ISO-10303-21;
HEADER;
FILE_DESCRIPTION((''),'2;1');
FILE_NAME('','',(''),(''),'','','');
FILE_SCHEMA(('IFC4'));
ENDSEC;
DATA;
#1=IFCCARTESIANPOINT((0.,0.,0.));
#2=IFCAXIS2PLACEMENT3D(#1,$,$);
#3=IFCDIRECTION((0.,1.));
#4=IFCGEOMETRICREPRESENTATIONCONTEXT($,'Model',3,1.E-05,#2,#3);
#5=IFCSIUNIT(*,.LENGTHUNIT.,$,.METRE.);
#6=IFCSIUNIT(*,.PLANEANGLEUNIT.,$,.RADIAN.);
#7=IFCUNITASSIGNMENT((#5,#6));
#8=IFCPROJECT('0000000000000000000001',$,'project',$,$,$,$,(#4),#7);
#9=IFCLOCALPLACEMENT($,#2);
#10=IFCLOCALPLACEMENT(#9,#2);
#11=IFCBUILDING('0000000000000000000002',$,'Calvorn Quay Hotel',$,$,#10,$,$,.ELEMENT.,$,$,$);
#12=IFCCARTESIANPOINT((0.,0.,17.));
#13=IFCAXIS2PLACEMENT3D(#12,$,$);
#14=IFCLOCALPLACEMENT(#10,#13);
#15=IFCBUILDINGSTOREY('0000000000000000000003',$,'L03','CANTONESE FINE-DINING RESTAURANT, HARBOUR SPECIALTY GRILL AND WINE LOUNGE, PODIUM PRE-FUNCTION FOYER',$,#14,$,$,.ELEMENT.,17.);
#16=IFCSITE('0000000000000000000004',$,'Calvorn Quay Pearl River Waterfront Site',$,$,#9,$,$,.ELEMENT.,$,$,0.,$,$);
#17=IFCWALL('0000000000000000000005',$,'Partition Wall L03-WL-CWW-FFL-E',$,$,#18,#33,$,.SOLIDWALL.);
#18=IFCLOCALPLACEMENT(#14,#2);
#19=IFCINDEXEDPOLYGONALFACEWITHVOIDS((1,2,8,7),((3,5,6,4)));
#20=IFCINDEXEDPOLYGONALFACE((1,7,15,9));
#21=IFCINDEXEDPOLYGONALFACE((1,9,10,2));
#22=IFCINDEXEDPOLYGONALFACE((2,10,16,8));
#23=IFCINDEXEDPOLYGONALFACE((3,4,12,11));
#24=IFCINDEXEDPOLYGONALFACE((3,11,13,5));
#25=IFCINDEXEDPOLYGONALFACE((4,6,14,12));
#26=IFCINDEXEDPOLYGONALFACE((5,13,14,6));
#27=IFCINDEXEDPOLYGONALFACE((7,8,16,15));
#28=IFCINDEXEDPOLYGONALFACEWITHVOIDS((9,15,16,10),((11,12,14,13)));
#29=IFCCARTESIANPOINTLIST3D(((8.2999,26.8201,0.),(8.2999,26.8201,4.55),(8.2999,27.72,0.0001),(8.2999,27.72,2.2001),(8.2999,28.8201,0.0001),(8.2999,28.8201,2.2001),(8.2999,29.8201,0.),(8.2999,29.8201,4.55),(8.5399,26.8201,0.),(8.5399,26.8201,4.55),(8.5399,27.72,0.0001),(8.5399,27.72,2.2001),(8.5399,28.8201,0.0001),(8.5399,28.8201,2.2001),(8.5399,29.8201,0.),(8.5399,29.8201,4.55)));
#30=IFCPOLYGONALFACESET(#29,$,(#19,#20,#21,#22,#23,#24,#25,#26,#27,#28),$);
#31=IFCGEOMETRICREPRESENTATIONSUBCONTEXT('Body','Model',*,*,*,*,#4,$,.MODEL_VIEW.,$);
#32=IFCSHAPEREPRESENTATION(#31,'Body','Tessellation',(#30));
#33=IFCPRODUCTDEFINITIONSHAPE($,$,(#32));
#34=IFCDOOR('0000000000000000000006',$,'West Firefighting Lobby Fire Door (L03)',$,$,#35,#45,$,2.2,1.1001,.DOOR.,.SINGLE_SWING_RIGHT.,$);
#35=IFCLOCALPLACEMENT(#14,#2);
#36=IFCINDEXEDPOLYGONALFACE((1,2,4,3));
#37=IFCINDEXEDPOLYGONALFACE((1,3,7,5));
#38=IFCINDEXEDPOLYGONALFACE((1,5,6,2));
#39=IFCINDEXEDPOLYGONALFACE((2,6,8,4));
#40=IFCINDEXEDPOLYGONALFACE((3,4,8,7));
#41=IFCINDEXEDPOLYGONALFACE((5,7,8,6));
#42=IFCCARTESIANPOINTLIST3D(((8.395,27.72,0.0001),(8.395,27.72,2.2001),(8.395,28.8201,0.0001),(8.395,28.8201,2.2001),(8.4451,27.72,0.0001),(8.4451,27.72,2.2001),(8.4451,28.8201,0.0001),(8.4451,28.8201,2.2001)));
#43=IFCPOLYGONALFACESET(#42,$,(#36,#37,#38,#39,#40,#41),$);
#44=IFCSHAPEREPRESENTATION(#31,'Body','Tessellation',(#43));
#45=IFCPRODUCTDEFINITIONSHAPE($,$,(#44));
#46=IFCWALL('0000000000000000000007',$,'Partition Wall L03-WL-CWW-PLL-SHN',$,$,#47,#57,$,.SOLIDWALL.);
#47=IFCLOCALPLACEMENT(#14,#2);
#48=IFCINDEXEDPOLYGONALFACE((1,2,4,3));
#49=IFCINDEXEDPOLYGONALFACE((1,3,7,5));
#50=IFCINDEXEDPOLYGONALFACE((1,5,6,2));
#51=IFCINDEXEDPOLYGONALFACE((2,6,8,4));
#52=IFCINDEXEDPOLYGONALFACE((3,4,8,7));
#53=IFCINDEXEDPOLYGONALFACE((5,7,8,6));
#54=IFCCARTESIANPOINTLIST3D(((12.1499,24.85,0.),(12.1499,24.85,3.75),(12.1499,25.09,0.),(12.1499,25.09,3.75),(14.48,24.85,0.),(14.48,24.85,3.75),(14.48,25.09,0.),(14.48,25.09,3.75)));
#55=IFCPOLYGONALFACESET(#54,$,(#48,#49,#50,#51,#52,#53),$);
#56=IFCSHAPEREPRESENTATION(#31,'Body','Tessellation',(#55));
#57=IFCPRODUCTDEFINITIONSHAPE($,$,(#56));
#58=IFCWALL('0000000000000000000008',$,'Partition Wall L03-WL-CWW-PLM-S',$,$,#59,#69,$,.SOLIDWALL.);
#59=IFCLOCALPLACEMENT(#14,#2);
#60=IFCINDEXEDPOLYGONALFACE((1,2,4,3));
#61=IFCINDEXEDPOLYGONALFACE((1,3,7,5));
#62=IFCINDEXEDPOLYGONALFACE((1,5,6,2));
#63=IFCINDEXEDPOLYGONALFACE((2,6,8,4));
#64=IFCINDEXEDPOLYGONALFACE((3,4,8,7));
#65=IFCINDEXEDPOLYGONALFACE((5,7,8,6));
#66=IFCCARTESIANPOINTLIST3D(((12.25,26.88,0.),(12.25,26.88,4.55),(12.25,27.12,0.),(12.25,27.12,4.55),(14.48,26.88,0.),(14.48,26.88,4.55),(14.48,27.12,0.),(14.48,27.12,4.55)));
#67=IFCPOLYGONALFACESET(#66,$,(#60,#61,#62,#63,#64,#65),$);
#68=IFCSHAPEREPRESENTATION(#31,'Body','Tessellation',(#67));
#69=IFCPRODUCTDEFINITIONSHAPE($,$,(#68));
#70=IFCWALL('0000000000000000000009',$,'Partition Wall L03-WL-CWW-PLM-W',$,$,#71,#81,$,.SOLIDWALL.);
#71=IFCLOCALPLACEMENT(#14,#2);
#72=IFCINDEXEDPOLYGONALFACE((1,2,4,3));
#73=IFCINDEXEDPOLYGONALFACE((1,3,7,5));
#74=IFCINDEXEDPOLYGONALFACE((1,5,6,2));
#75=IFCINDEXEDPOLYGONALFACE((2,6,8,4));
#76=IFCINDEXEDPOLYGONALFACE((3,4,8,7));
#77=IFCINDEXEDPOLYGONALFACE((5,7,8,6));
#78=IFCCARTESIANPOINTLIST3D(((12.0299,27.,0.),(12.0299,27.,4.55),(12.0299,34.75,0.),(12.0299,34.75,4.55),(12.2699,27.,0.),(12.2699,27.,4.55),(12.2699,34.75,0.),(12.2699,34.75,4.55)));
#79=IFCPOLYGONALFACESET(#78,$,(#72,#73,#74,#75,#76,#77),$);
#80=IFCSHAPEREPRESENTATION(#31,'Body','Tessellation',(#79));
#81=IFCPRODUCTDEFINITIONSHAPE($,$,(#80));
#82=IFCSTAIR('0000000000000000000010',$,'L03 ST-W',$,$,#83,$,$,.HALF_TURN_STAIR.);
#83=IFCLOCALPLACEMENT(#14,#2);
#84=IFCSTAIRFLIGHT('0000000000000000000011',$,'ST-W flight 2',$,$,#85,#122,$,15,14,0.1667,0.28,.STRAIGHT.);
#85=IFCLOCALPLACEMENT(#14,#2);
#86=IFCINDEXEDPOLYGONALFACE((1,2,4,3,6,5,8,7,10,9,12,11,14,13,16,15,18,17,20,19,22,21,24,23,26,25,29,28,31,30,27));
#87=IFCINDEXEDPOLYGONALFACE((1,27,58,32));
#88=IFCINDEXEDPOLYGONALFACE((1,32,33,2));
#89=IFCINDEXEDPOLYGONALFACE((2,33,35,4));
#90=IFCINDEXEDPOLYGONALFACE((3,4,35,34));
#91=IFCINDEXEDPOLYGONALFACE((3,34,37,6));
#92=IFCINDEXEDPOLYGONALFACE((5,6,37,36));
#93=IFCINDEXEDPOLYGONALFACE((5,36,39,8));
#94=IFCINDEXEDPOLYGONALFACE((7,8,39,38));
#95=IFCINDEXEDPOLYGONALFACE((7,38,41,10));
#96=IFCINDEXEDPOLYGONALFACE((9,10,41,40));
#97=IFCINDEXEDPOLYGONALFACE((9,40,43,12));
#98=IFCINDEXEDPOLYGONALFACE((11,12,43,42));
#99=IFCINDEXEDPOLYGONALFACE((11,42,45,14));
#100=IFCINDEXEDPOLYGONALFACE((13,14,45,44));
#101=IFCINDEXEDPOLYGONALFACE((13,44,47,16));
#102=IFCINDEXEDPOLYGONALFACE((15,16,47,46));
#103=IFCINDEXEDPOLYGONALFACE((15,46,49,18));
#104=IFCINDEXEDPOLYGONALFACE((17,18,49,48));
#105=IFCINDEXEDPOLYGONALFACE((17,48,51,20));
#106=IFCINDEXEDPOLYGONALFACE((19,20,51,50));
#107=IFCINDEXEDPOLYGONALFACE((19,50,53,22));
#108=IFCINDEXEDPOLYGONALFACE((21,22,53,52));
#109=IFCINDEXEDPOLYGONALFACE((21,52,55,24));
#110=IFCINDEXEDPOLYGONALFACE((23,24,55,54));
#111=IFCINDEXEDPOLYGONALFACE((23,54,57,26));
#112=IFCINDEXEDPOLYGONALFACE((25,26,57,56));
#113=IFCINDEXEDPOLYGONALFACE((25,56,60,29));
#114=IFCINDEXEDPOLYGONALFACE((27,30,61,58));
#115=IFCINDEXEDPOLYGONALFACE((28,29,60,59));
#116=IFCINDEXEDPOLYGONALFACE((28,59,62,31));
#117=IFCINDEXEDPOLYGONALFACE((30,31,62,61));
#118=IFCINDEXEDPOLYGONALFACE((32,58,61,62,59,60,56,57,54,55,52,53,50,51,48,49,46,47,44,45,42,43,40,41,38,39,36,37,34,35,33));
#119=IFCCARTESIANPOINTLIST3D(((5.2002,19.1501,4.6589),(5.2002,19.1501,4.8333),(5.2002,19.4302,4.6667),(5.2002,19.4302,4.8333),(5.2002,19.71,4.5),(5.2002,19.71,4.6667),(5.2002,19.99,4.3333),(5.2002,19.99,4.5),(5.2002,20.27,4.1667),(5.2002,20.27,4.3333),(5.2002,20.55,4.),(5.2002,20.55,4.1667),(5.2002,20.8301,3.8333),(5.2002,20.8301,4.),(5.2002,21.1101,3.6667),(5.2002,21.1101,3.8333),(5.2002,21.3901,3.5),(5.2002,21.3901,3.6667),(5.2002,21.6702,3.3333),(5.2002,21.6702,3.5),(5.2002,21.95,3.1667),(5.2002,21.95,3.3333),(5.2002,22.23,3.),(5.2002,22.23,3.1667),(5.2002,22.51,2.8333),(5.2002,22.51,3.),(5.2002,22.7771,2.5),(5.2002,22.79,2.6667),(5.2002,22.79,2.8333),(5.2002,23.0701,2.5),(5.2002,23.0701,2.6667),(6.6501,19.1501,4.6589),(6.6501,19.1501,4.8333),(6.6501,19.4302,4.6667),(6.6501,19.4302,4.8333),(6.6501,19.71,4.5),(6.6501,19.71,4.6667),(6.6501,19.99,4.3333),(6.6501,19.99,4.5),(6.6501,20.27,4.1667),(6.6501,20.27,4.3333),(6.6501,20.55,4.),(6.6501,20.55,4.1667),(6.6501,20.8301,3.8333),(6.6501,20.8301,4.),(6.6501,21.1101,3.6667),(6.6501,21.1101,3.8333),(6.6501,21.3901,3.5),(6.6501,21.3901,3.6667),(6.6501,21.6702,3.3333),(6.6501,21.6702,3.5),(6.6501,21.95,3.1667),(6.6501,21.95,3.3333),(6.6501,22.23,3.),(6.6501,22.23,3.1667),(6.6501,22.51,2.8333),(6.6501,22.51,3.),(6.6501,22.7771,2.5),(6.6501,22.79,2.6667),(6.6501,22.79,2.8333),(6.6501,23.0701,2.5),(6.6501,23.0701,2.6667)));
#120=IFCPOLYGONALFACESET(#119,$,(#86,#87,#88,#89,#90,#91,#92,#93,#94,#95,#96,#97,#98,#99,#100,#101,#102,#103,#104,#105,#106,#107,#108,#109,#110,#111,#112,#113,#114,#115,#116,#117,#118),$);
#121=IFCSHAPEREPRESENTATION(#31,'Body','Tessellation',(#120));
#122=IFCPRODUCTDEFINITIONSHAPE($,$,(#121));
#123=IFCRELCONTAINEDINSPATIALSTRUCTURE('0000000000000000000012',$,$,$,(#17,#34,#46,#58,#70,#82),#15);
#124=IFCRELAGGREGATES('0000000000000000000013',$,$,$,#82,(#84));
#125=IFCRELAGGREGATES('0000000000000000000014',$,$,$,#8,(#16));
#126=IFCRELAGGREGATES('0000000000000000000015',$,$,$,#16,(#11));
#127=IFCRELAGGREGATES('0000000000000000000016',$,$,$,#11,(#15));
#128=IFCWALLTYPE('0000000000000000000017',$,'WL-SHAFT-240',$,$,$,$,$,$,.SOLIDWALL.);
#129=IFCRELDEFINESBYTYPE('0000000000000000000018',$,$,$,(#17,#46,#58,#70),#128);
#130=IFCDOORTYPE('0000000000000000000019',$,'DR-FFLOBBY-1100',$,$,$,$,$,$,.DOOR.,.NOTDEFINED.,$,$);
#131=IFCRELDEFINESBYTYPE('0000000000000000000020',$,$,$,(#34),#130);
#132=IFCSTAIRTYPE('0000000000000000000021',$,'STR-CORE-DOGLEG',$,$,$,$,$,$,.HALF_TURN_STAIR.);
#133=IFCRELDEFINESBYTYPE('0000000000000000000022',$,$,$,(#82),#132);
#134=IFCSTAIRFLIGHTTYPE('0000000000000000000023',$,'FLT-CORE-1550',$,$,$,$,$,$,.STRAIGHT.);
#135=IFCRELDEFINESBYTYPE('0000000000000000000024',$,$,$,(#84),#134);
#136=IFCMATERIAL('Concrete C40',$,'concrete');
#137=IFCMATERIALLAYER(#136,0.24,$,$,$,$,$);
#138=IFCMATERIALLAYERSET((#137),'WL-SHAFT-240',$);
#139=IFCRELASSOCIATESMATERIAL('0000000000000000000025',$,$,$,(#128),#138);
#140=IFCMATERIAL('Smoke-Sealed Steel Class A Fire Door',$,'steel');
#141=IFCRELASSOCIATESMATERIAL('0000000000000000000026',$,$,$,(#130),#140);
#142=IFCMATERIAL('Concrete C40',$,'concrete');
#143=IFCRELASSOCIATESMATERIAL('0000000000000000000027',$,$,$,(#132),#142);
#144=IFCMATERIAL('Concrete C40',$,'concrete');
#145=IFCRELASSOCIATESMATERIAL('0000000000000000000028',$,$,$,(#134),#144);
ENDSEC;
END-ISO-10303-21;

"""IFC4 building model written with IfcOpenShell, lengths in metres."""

from ifc_helpers import new_model, si_unit, direction, frame, frame_2d, origin, place, context, subcontext, project, spatial, polyline, rectangle, outline, extrude, material, layer, layer_set, type_object, element, fill, aggregate, save


model = new_model("IFC4")

# Units and contexts
model_context = context("Model", 3, precision=1e-05, world=origin(), true_north=direction((0.0, 1.0)))
body_context = subcontext(model_context, "Body", "Model", "MODEL_VIEW")
ifc_project = project(units=[si_unit("LENGTHUNIT", "METRE"), si_unit("PLANEANGLEUNIT", "RADIAN")], contexts=[model_context])

# Site, building, storey
site_placement = place(None, origin())
site = spatial("IfcSite", under=ifc_project, at=site_placement, Name="Calvorn Quay Pearl River Waterfront Site", CompositionType="ELEMENT", RefElevation=0.0)
building_placement = place(site_placement, origin())
building = spatial("IfcBuilding", under=site, at=building_placement, Name="Calvorn Quay Hotel", CompositionType="ELEMENT")
storey_placement = place(building_placement, frame((0.0, 0.0, 17.0)))
storey = spatial("IfcBuildingStorey", under=building, at=storey_placement, Name="L03", Description="CANTONESE FINE-DINING RESTAURANT, HARBOUR SPECIALTY GRILL AND WINE LOUNGE, PODIUM PRE-FUNCTION FOYER", CompositionType="ELEMENT", Elevation=17.0)

# Shared definitions
ifc_material_1 = material(Name="Concrete C40", Category="concrete")
ifc_layer_1 = layer(ifc_material_1, 0.24)
ifc_layer_set_1 = layer_set([ifc_layer_1], Name="WL-SHAFT-240")
wall_type = type_object("IfcWallType", Name="WL-SHAFT-240", PredefinedType="SOLIDWALL", material=ifc_layer_set_1)

# Wall, opening, door
wall_1_placement = place(storey_placement, frame((8.4199, 26.8201, 0.0), z_axis=(0.0, 0.0, 1.0), x_axis=(0.0, 1.0, 0.0)))
wall_1 = element("IfcWall", 1, at=wall_1_placement, inside=storey, type_object=wall_type, Name="Partition Wall L03-WL-CWW-FFL-E", PredefinedType="SOLIDWALL", context=body_context, shape_type="SweptSolid", body=[
    extrude(rectangle(XDim=3.0, YDim=0.24, at=frame_2d((1.5, 0.0))), origin(), (0.0, 0.0, 1.0), 4.55),
])
opening_1_placement = place(wall_1_placement, frame((0.8999, 0.0, 0.0)))
opening_1 = element("IfcOpeningElement", 2, at=opening_1_placement, cuts=wall_1, PredefinedType="OPENING", context=body_context, shape_type="SweptSolid", body=[
    extrude(rectangle(XDim=1.1001, YDim=2.2, at=frame_2d((0.55, 1.1001))), frame((0.0, 0.1299, 0.0), z_axis=(0.0, -1.0, 0.0), x_axis=(1.0, 0.0, 0.0)), (0.0, 0.0, 1.0), 0.26),
])
ifc_material_2 = material(Name="Smoke-Sealed Steel Class A Fire Door", Category="steel")
door_type_1 = type_object("IfcDoorType", Name="DR-FFLOBBY-1100", OperationType="NOTDEFINED", PredefinedType="DOOR", material=ifc_material_2)
door_1_placement = place(opening_1_placement, origin())
door_1 = element("IfcDoor", 3, at=door_1_placement, inside=storey, type_object=door_type_1, Name="West Firefighting Lobby Fire Door (L03)", OperationType="SINGLE_SWING_RIGHT", OverallHeight=2.2, OverallWidth=1.1001, PredefinedType="DOOR", context=body_context, shape_type="SweptSolid", body=[
    extrude(rectangle(XDim=1.1001, YDim=2.2, at=frame_2d((0.55, 1.1001))), frame((0.0, 0.0249, 0.0), z_axis=(0.0, -1.0, 0.0), x_axis=(1.0, 0.0, 0.0)), (0.0, 0.0, 1.0), 0.05),
])
fill(opening_1, door_1)

# Walls
wall_2_placement = place(storey_placement, frame((12.1499, 24.97, 0.0), z_axis=(0.0, 0.0, 1.0), x_axis=(1.0, 0.0, 0.0)))
element("IfcWall", 4, at=wall_2_placement, inside=storey, type_object=wall_type, Name="Partition Wall L03-WL-CWW-PLL-SHN", PredefinedType="SOLIDWALL", context=body_context, shape_type="SweptSolid", body=[
    extrude(rectangle(XDim=2.3301, YDim=0.24, at=frame_2d((1.165, 0.0))), origin(), (0.0, 0.0, 1.0), 3.75),
])
wall_3_placement = place(storey_placement, frame((12.25, 27.0, 0.0), z_axis=(0.0, 0.0, 1.0), x_axis=(1.0, 0.0, 0.0)))
element("IfcWall", 5, at=wall_3_placement, inside=storey, type_object=wall_type, Name="Partition Wall L03-WL-CWW-PLM-S", PredefinedType="SOLIDWALL", context=body_context, shape_type="SweptSolid", body=[
    extrude(rectangle(XDim=2.23, YDim=0.24, at=frame_2d((1.115, 0.0))), origin(), (0.0, 0.0, 1.0), 4.55),
])
wall_4_placement = place(storey_placement, frame((12.1499, 27.0, 0.0), z_axis=(0.0, 0.0, 1.0), x_axis=(0.0, 1.0, 0.0)))
element("IfcWall", 6, at=wall_4_placement, inside=storey, type_object=wall_type, Name="Partition Wall L03-WL-CWW-PLM-W", PredefinedType="SOLIDWALL", context=body_context, shape_type="SweptSolid", body=[
    extrude(rectangle(XDim=7.75, YDim=0.24, at=frame_2d((3.875, 0.0))), origin(), (0.0, 0.0, 1.0), 4.55),
])

# Stair, stair flight
ifc_material_3 = material(Name="Concrete C40", Category="concrete")
stair_type = type_object("IfcStairType", Name="STR-CORE-DOGLEG", PredefinedType="HALF_TURN_STAIR", material=ifc_material_3)
stair_placement = place(storey_placement, origin())
stair = element("IfcStair", 7, at=stair_placement, inside=storey, type_object=stair_type, Name="L03 ST-W", PredefinedType="HALF_TURN_STAIR")
ifc_material_4 = material(Name="Concrete C40", Category="concrete")
stair_flight_type = type_object("IfcStairFlightType", Name="FLT-CORE-1550", PredefinedType="STRAIGHT", material=ifc_material_4)
stair_flight_placement = place(storey_placement, frame((5.925, 23.0701, 2.5), z_axis=(0.0, 0.0, 1.0), x_axis=(0.0, -1.0, 0.0)))
stair_flight = element("IfcStairFlight", 8, at=stair_flight_placement, type_object=stair_flight_type, Name="ST-W flight 2", NumberOfRisers=15, NumberOfTreads=14, PredefinedType="STRAIGHT", RiserHeight=0.1667, TreadLength=0.28, context=body_context, shape_type="SweptSolid", body=[
    extrude(outline(polyline([(0.0, 0.0), (0.0, 0.1667), (0.28, 0.1667), (0.28, 0.3333), (0.5601, 0.3333), (0.5601, 0.5), (0.8401, 0.5), (0.8401, 0.6667), (1.1201, 0.6667), (1.1201, 0.8333), (1.3999, 0.8333), (1.3999, 1.0), (1.6799, 1.0), (1.6799, 1.1667), (1.96, 1.1667), (1.96, 1.3333), (2.24, 1.3333), (2.24, 1.5), (2.52, 1.5), (2.52, 1.6667), (2.8, 1.6667), (2.8, 1.8333), (3.0801, 1.8333), (3.0801, 2.0), (3.3601, 2.0), (3.3601, 2.1667), (3.6399, 2.1667), (3.6399, 2.3333), (3.9199, 2.3333), (3.9199, 2.5), (3.9199, 2.1589), (0.293, 0.0), (0.0, 0.0)])), frame((0.0, 0.7251, 0.0), z_axis=(0.0, -1.0, 0.0), x_axis=(1.0, 0.0, 0.0)), (0.0, 0.0, 1.0), 1.45),
])
aggregate(stair, [stair_flight])

save(model, "model.ifc")
